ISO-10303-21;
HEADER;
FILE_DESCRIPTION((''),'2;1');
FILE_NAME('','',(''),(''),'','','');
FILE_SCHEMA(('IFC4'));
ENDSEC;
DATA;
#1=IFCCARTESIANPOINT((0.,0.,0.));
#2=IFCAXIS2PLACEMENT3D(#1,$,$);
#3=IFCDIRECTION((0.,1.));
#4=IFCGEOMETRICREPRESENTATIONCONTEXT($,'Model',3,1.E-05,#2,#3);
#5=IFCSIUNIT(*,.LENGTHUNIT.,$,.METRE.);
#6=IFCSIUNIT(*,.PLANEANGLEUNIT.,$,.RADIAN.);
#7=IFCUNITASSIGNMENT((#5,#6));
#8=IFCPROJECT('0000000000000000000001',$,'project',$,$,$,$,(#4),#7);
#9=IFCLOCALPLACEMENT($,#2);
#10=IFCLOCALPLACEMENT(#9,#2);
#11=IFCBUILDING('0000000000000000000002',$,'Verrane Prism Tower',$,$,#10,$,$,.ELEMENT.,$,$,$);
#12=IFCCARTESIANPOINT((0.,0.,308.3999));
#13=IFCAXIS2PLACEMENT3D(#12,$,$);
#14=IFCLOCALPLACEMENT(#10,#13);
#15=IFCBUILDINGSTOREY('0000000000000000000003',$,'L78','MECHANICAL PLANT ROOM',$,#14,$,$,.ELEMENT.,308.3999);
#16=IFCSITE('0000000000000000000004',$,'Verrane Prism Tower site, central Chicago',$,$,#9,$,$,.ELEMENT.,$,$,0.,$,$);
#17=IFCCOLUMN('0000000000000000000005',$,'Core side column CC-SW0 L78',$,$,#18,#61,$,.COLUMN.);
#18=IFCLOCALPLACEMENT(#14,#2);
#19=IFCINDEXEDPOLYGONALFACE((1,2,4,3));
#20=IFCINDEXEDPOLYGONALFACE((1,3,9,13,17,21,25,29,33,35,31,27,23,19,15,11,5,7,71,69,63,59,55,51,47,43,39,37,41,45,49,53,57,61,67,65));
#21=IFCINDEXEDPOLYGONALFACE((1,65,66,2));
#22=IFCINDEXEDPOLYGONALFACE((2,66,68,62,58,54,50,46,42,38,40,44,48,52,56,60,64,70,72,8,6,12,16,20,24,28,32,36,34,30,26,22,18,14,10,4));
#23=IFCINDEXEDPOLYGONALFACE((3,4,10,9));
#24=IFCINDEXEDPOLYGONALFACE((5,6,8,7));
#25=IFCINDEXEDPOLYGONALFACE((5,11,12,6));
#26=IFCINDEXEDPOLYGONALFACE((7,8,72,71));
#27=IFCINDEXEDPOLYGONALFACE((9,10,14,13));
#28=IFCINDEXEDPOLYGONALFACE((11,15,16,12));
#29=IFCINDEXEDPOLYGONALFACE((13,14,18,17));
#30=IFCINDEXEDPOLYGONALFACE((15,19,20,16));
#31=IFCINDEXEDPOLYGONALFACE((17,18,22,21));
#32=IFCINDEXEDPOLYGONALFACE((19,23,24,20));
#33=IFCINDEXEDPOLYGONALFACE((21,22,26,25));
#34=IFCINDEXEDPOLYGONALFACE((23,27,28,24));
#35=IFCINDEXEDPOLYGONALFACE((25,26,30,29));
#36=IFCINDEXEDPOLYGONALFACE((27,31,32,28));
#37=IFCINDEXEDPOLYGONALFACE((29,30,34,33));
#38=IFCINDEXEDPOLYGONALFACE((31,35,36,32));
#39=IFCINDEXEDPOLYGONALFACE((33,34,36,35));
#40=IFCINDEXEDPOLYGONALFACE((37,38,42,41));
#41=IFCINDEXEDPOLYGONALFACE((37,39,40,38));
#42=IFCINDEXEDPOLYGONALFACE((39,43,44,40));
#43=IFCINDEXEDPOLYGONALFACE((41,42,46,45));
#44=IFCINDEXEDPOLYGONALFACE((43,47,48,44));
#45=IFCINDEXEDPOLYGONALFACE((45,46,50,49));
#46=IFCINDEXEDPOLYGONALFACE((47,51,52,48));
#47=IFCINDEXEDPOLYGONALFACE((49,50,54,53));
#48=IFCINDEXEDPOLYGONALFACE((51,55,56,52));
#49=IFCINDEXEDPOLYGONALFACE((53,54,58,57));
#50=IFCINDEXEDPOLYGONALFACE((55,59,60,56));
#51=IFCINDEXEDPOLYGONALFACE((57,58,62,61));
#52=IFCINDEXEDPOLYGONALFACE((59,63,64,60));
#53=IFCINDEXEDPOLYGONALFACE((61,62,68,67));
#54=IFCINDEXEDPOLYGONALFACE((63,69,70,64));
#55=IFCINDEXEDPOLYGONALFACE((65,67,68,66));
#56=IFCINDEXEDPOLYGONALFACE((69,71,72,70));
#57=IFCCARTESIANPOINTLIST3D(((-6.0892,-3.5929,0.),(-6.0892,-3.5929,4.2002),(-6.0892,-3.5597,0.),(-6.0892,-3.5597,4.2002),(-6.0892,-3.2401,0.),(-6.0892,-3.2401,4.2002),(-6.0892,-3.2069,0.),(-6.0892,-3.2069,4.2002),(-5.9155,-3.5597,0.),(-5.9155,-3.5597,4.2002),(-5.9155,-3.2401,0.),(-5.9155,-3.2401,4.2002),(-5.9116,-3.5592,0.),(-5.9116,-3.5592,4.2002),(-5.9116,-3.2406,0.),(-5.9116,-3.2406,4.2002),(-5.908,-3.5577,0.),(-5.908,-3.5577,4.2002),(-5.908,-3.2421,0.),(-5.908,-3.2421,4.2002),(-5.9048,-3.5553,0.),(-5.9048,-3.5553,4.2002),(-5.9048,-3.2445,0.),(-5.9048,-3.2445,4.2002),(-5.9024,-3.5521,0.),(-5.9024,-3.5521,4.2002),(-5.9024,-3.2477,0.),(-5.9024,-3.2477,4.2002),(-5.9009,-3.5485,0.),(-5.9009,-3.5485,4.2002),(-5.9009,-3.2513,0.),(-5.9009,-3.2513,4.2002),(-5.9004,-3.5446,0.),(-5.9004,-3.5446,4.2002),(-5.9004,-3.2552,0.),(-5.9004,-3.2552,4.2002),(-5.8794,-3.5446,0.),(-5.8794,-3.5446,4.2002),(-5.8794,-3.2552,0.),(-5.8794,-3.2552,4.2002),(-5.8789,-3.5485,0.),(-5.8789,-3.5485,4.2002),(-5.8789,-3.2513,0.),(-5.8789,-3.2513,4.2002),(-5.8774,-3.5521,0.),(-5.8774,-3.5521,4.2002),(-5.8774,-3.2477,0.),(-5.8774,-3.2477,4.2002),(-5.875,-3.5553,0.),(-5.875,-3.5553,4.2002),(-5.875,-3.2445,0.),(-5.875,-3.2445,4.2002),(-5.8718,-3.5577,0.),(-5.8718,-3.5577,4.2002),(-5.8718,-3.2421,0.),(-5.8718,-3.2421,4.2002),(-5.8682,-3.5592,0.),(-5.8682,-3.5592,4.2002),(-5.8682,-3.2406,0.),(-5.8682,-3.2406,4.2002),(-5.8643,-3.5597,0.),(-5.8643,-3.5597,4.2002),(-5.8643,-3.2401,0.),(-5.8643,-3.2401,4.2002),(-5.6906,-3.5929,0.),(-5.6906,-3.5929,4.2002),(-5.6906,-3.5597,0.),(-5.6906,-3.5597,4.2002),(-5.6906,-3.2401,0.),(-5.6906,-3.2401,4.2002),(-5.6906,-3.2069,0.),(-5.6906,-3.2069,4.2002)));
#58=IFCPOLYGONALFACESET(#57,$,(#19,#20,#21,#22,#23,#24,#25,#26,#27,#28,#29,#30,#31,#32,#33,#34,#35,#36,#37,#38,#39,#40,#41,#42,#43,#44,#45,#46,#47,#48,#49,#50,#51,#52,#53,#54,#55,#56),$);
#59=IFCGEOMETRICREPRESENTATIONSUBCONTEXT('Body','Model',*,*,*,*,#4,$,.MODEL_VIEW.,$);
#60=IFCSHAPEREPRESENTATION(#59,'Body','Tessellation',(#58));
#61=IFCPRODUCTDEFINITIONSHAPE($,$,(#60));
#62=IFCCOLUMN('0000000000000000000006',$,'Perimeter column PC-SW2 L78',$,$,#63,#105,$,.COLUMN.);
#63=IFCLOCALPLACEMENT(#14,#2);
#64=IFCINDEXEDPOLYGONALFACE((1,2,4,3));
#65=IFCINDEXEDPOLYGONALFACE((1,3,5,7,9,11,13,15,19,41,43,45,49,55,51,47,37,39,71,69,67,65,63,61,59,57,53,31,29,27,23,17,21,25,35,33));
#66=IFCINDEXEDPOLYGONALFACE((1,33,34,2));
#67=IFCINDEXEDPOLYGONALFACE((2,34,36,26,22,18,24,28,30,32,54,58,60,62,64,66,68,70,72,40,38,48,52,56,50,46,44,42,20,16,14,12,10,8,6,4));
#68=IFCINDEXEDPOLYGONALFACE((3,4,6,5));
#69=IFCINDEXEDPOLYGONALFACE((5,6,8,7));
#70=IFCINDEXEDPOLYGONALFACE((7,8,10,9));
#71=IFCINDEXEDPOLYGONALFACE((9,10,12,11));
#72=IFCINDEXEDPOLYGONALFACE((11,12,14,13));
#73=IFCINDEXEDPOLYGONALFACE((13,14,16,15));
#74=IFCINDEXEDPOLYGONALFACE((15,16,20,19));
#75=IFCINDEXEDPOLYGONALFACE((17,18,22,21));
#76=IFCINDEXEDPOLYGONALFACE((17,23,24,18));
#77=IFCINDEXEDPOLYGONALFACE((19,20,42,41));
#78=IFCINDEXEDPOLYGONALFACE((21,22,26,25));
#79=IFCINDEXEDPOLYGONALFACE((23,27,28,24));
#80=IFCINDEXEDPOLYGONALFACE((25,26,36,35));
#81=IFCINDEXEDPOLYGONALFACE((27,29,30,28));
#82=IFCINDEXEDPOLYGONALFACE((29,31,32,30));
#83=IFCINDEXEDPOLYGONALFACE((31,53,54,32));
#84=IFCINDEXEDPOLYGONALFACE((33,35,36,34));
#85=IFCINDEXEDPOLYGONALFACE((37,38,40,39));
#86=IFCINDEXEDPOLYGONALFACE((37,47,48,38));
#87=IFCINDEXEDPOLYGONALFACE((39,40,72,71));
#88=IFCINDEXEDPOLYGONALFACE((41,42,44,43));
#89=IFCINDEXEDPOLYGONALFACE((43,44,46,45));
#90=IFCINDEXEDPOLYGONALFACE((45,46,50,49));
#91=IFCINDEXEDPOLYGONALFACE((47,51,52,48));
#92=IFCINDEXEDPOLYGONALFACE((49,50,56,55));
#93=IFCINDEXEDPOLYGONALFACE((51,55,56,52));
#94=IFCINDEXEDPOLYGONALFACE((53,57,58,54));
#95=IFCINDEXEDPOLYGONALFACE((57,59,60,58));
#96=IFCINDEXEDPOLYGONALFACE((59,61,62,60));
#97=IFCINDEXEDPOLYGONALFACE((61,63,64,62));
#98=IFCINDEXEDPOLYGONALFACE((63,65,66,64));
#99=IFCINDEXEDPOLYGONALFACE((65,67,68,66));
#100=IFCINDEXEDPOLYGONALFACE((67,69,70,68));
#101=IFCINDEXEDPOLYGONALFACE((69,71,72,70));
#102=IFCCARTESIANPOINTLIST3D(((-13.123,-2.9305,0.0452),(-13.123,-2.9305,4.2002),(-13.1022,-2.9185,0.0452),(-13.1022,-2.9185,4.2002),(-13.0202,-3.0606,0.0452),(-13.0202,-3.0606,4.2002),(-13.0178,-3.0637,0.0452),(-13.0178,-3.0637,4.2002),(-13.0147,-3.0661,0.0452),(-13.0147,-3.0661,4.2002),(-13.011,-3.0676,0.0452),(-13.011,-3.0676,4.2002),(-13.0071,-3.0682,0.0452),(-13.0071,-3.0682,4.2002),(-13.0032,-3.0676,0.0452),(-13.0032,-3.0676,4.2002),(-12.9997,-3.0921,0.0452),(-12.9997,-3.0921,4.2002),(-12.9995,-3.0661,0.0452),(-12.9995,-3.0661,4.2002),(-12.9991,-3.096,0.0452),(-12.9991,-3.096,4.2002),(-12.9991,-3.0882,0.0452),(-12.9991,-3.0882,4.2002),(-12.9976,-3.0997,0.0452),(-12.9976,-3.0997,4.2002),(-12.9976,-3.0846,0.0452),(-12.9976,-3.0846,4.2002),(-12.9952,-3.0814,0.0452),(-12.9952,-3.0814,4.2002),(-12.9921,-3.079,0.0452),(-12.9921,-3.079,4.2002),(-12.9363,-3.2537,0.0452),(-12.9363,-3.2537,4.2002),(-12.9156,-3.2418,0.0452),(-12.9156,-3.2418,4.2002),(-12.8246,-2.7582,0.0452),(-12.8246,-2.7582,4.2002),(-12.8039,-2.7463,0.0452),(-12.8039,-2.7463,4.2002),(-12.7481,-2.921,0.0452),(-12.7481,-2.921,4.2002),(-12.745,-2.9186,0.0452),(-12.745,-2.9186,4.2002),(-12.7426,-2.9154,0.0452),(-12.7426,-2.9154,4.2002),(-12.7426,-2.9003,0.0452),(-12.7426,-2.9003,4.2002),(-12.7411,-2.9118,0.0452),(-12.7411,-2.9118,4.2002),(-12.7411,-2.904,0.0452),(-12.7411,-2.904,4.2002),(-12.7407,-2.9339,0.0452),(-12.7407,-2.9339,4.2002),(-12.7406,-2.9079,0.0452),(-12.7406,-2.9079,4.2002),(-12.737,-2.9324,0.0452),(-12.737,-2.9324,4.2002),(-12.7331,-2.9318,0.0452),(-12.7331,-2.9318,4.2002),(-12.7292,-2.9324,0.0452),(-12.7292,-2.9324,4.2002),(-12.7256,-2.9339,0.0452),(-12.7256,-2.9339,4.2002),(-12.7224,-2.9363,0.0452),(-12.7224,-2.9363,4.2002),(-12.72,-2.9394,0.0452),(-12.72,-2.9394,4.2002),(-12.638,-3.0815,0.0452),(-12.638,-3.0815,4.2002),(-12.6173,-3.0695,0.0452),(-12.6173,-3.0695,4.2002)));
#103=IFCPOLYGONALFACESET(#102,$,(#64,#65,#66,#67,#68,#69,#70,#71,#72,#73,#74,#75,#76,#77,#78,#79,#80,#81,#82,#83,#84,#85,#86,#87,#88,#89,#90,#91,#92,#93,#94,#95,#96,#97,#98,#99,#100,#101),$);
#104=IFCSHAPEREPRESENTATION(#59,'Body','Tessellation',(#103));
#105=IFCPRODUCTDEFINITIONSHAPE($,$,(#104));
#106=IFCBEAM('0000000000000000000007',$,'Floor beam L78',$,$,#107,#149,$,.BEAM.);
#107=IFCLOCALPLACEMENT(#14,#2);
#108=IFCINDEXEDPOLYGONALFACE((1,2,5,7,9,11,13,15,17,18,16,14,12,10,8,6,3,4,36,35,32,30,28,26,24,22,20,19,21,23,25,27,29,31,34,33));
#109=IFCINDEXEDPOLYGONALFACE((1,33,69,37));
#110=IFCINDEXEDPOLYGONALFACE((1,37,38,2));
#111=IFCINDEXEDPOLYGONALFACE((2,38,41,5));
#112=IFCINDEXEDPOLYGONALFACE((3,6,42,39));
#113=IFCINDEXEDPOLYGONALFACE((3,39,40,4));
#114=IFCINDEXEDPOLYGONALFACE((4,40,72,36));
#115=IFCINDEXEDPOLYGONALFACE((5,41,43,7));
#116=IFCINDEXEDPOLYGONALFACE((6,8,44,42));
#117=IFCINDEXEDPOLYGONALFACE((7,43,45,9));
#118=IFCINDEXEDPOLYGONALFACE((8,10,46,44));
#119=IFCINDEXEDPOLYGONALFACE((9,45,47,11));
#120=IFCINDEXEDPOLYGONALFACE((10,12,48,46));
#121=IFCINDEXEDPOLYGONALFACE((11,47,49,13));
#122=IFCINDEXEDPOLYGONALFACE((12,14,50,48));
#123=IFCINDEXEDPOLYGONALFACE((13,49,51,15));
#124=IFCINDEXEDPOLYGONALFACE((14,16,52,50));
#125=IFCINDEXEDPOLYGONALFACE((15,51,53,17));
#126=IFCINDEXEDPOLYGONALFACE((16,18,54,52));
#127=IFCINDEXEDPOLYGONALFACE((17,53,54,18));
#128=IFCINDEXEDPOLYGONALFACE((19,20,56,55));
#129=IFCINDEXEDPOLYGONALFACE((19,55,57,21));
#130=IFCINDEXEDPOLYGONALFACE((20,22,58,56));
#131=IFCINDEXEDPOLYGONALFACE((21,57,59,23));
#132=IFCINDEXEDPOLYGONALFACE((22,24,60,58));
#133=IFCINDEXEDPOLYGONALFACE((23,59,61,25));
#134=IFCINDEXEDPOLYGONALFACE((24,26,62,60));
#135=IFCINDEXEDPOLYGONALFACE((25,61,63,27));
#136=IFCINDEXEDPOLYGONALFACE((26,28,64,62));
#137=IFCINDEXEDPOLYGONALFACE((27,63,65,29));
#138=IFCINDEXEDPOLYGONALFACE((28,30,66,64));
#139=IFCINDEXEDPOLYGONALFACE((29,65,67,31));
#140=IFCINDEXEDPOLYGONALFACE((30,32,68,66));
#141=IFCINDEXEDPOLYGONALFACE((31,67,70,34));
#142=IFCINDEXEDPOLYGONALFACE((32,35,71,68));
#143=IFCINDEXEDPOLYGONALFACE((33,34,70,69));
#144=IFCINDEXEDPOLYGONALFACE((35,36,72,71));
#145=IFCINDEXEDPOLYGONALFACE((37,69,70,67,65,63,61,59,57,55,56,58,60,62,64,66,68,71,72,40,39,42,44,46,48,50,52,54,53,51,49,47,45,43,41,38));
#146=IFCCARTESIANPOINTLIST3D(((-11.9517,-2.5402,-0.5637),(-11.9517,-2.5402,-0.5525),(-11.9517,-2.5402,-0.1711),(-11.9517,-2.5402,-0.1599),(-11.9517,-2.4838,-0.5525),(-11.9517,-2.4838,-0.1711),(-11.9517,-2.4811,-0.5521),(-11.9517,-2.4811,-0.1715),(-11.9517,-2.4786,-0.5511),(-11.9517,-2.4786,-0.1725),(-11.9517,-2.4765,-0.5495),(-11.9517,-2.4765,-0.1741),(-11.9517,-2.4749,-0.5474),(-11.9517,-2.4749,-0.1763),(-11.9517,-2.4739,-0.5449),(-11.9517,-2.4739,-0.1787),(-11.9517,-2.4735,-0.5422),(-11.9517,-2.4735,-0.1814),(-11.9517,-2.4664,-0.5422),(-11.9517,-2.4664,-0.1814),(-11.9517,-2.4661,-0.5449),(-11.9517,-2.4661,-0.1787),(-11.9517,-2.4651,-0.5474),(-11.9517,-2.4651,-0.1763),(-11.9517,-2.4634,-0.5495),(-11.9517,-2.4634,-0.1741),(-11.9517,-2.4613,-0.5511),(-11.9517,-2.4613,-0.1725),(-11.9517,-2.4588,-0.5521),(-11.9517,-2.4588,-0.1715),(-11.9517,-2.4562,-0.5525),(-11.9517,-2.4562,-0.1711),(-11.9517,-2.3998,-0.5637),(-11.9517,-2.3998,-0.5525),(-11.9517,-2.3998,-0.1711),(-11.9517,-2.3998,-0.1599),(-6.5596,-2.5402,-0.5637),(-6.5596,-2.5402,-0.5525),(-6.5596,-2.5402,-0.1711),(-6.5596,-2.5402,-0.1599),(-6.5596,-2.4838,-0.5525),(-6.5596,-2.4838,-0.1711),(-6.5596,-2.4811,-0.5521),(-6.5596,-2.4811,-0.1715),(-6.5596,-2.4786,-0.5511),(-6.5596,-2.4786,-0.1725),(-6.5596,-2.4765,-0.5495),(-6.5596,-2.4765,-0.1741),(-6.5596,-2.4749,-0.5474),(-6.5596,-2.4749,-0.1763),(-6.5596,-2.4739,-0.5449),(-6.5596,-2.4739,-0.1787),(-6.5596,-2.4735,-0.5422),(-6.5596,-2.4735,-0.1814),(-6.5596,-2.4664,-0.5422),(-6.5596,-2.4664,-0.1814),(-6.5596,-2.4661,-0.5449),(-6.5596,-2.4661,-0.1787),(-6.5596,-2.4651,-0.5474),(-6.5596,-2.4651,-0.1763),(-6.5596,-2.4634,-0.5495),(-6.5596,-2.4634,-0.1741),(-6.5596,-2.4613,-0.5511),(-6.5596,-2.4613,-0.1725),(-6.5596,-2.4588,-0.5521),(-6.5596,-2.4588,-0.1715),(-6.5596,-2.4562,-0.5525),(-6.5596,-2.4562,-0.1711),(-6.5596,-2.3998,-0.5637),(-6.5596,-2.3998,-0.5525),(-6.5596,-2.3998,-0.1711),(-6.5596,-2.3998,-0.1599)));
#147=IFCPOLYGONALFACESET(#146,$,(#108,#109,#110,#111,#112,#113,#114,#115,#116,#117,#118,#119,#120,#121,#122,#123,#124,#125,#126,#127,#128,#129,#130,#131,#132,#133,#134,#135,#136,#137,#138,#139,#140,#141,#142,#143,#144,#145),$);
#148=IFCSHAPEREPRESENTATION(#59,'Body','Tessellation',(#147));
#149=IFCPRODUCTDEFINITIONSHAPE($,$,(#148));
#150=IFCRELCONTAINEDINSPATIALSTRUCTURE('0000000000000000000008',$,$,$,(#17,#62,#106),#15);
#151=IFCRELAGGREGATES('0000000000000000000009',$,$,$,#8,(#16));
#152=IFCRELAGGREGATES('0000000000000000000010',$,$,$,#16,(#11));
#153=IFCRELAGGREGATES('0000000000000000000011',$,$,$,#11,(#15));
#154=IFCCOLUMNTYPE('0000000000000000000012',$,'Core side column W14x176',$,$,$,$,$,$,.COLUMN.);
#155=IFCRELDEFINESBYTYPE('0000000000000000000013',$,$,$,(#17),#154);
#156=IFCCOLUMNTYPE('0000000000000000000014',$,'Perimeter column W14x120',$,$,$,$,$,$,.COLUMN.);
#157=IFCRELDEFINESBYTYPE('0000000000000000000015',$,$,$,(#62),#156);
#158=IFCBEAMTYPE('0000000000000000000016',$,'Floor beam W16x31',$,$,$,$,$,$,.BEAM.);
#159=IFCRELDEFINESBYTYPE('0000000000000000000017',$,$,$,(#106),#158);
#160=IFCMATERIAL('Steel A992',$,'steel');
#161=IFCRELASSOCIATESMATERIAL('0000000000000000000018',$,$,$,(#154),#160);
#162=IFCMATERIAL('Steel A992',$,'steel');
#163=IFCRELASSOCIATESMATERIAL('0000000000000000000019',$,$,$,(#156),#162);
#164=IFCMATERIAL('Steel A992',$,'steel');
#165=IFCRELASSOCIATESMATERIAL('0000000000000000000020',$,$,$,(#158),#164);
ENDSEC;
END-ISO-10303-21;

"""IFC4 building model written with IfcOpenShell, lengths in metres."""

from ifc_helpers import new_model, si_unit, direction, frame, origin, origin_2d, place, context, subcontext, project, spatial, i_section, extrude, material, material_profile, profile_set, type_object, element, save


model = new_model("IFC4")

# Units and contexts
model_context = context("Model", 3, precision=1e-05, world=origin(), true_north=direction((0.0, 1.0)))
body_context = subcontext(model_context, "Body", "Model", "MODEL_VIEW")
ifc_project = project(units=[si_unit("LENGTHUNIT", "METRE"), si_unit("PLANEANGLEUNIT", "RADIAN")], contexts=[model_context])

# Site, building, storey
site_placement = place(None, origin())
site = spatial("IfcSite", under=ifc_project, at=site_placement, Name="Verrane Prism Tower site, central Chicago", CompositionType="ELEMENT", RefElevation=0.0)
building_placement = place(site_placement, origin())
building = spatial("IfcBuilding", under=site, at=building_placement, Name="Verrane Prism Tower", CompositionType="ELEMENT")
storey_placement = place(building_placement, frame((0.0, 0.0, 308.3999)))
storey = spatial("IfcBuildingStorey", under=building, at=storey_placement, Name="L78", Description="MECHANICAL PLANT ROOM", CompositionType="ELEMENT", Elevation=308.3999)

# Columns
ifc_material_1 = material(Name="Steel A992", Category="steel")
ifc_material_profile_1 = material_profile(ifc_material_1, i_section(OverallWidth=0.3987, OverallDepth=0.386, WebThickness=0.021, FlangeThickness=0.0332, FilletRadius=0.0151, at=origin_2d()), Name="W14x176")
ifc_profile_set_1 = profile_set([ifc_material_profile_1], Name="Steel A992")
column_type_1 = type_object("IfcColumnType", Name="Core side column W14x176", PredefinedType="COLUMN", material=ifc_profile_set_1)
column_1_placement = place(storey_placement, frame((-5.8899, -3.3999, 0.0), z_axis=(0.0, 0.0, 1.0), x_axis=(1.0, 0.0, 0.0)))
element("IfcColumn", 1, at=column_1_placement, inside=storey, type_object=column_type_1, Name="Core side column CC-SW0 L78", PredefinedType="COLUMN", context=body_context, shape_type="SweptSolid", body=[
    extrude(i_section(OverallWidth=0.3987, OverallDepth=0.386, WebThickness=0.021, FlangeThickness=0.0332, FilletRadius=0.0151, at=origin_2d()), origin(), (0.0, 0.0, 1.0), 4.2002),
])
ifc_material_2 = material(Name="Steel A992", Category="steel")
ifc_material_profile_2 = material_profile(ifc_material_2, i_section(OverallWidth=0.3733, OverallDepth=0.3684, WebThickness=0.0149, FlangeThickness=0.0239, FilletRadius=0.0151, at=origin_2d()), Name="W14x120")
ifc_profile_set_2 = profile_set([ifc_material_profile_2], Name="Steel A992")
column_type_2 = type_object("IfcColumnType", Name="Perimeter column W14x120", PredefinedType="COLUMN", material=ifc_profile_set_2)
column_2_placement = place(storey_placement, frame((-12.8701, -3.0, 0.0452), z_axis=(0.0, 0.0, 1.0), x_axis=(-0.5, 0.866025, 0.0)))
element("IfcColumn", 2, at=column_2_placement, inside=storey, type_object=column_type_2, Name="Perimeter column PC-SW2 L78", PredefinedType="COLUMN", context=body_context, shape_type="SweptSolid", body=[
    extrude(i_section(OverallWidth=0.3733, OverallDepth=0.3684, WebThickness=0.0149, FlangeThickness=0.0239, FilletRadius=0.0151, at=origin_2d()), origin(), (0.0, 0.0, 1.0), 4.155),
])

# Beam
ifc_material_3 = material(Name="Steel A992", Category="steel")
ifc_material_profile_3 = material_profile(ifc_material_3, i_section(OverallWidth=0.1404, OverallDepth=0.4038, WebThickness=0.0071, FlangeThickness=0.0112, FilletRadius=0.0103, at=origin_2d()), Name="W16x31")
ifc_profile_set_3 = profile_set([ifc_material_profile_3], Name="Steel A992")
beam_type_1 = type_object("IfcBeamType", Name="Floor beam W16x31", PredefinedType="BEAM", material=ifc_profile_set_3)
beam_1_placement = place(storey_placement, frame((-11.9517, -2.47, -0.3618), z_axis=(1.0, 0.0, 0.0), x_axis=(0.0, 1.0, 0.0)))
element("IfcBeam", 3, at=beam_1_placement, inside=storey, type_object=beam_type_1, Name="Floor beam L78", PredefinedType="BEAM", context=body_context, shape_type="SweptSolid", body=[
    extrude(i_section(OverallWidth=0.1404, OverallDepth=0.4038, WebThickness=0.0071, FlangeThickness=0.0112, FilletRadius=0.0103, at=origin_2d()), origin(), (0.0, 0.0, 1.0), 5.3921),
])

save(model, "model.ifc")
